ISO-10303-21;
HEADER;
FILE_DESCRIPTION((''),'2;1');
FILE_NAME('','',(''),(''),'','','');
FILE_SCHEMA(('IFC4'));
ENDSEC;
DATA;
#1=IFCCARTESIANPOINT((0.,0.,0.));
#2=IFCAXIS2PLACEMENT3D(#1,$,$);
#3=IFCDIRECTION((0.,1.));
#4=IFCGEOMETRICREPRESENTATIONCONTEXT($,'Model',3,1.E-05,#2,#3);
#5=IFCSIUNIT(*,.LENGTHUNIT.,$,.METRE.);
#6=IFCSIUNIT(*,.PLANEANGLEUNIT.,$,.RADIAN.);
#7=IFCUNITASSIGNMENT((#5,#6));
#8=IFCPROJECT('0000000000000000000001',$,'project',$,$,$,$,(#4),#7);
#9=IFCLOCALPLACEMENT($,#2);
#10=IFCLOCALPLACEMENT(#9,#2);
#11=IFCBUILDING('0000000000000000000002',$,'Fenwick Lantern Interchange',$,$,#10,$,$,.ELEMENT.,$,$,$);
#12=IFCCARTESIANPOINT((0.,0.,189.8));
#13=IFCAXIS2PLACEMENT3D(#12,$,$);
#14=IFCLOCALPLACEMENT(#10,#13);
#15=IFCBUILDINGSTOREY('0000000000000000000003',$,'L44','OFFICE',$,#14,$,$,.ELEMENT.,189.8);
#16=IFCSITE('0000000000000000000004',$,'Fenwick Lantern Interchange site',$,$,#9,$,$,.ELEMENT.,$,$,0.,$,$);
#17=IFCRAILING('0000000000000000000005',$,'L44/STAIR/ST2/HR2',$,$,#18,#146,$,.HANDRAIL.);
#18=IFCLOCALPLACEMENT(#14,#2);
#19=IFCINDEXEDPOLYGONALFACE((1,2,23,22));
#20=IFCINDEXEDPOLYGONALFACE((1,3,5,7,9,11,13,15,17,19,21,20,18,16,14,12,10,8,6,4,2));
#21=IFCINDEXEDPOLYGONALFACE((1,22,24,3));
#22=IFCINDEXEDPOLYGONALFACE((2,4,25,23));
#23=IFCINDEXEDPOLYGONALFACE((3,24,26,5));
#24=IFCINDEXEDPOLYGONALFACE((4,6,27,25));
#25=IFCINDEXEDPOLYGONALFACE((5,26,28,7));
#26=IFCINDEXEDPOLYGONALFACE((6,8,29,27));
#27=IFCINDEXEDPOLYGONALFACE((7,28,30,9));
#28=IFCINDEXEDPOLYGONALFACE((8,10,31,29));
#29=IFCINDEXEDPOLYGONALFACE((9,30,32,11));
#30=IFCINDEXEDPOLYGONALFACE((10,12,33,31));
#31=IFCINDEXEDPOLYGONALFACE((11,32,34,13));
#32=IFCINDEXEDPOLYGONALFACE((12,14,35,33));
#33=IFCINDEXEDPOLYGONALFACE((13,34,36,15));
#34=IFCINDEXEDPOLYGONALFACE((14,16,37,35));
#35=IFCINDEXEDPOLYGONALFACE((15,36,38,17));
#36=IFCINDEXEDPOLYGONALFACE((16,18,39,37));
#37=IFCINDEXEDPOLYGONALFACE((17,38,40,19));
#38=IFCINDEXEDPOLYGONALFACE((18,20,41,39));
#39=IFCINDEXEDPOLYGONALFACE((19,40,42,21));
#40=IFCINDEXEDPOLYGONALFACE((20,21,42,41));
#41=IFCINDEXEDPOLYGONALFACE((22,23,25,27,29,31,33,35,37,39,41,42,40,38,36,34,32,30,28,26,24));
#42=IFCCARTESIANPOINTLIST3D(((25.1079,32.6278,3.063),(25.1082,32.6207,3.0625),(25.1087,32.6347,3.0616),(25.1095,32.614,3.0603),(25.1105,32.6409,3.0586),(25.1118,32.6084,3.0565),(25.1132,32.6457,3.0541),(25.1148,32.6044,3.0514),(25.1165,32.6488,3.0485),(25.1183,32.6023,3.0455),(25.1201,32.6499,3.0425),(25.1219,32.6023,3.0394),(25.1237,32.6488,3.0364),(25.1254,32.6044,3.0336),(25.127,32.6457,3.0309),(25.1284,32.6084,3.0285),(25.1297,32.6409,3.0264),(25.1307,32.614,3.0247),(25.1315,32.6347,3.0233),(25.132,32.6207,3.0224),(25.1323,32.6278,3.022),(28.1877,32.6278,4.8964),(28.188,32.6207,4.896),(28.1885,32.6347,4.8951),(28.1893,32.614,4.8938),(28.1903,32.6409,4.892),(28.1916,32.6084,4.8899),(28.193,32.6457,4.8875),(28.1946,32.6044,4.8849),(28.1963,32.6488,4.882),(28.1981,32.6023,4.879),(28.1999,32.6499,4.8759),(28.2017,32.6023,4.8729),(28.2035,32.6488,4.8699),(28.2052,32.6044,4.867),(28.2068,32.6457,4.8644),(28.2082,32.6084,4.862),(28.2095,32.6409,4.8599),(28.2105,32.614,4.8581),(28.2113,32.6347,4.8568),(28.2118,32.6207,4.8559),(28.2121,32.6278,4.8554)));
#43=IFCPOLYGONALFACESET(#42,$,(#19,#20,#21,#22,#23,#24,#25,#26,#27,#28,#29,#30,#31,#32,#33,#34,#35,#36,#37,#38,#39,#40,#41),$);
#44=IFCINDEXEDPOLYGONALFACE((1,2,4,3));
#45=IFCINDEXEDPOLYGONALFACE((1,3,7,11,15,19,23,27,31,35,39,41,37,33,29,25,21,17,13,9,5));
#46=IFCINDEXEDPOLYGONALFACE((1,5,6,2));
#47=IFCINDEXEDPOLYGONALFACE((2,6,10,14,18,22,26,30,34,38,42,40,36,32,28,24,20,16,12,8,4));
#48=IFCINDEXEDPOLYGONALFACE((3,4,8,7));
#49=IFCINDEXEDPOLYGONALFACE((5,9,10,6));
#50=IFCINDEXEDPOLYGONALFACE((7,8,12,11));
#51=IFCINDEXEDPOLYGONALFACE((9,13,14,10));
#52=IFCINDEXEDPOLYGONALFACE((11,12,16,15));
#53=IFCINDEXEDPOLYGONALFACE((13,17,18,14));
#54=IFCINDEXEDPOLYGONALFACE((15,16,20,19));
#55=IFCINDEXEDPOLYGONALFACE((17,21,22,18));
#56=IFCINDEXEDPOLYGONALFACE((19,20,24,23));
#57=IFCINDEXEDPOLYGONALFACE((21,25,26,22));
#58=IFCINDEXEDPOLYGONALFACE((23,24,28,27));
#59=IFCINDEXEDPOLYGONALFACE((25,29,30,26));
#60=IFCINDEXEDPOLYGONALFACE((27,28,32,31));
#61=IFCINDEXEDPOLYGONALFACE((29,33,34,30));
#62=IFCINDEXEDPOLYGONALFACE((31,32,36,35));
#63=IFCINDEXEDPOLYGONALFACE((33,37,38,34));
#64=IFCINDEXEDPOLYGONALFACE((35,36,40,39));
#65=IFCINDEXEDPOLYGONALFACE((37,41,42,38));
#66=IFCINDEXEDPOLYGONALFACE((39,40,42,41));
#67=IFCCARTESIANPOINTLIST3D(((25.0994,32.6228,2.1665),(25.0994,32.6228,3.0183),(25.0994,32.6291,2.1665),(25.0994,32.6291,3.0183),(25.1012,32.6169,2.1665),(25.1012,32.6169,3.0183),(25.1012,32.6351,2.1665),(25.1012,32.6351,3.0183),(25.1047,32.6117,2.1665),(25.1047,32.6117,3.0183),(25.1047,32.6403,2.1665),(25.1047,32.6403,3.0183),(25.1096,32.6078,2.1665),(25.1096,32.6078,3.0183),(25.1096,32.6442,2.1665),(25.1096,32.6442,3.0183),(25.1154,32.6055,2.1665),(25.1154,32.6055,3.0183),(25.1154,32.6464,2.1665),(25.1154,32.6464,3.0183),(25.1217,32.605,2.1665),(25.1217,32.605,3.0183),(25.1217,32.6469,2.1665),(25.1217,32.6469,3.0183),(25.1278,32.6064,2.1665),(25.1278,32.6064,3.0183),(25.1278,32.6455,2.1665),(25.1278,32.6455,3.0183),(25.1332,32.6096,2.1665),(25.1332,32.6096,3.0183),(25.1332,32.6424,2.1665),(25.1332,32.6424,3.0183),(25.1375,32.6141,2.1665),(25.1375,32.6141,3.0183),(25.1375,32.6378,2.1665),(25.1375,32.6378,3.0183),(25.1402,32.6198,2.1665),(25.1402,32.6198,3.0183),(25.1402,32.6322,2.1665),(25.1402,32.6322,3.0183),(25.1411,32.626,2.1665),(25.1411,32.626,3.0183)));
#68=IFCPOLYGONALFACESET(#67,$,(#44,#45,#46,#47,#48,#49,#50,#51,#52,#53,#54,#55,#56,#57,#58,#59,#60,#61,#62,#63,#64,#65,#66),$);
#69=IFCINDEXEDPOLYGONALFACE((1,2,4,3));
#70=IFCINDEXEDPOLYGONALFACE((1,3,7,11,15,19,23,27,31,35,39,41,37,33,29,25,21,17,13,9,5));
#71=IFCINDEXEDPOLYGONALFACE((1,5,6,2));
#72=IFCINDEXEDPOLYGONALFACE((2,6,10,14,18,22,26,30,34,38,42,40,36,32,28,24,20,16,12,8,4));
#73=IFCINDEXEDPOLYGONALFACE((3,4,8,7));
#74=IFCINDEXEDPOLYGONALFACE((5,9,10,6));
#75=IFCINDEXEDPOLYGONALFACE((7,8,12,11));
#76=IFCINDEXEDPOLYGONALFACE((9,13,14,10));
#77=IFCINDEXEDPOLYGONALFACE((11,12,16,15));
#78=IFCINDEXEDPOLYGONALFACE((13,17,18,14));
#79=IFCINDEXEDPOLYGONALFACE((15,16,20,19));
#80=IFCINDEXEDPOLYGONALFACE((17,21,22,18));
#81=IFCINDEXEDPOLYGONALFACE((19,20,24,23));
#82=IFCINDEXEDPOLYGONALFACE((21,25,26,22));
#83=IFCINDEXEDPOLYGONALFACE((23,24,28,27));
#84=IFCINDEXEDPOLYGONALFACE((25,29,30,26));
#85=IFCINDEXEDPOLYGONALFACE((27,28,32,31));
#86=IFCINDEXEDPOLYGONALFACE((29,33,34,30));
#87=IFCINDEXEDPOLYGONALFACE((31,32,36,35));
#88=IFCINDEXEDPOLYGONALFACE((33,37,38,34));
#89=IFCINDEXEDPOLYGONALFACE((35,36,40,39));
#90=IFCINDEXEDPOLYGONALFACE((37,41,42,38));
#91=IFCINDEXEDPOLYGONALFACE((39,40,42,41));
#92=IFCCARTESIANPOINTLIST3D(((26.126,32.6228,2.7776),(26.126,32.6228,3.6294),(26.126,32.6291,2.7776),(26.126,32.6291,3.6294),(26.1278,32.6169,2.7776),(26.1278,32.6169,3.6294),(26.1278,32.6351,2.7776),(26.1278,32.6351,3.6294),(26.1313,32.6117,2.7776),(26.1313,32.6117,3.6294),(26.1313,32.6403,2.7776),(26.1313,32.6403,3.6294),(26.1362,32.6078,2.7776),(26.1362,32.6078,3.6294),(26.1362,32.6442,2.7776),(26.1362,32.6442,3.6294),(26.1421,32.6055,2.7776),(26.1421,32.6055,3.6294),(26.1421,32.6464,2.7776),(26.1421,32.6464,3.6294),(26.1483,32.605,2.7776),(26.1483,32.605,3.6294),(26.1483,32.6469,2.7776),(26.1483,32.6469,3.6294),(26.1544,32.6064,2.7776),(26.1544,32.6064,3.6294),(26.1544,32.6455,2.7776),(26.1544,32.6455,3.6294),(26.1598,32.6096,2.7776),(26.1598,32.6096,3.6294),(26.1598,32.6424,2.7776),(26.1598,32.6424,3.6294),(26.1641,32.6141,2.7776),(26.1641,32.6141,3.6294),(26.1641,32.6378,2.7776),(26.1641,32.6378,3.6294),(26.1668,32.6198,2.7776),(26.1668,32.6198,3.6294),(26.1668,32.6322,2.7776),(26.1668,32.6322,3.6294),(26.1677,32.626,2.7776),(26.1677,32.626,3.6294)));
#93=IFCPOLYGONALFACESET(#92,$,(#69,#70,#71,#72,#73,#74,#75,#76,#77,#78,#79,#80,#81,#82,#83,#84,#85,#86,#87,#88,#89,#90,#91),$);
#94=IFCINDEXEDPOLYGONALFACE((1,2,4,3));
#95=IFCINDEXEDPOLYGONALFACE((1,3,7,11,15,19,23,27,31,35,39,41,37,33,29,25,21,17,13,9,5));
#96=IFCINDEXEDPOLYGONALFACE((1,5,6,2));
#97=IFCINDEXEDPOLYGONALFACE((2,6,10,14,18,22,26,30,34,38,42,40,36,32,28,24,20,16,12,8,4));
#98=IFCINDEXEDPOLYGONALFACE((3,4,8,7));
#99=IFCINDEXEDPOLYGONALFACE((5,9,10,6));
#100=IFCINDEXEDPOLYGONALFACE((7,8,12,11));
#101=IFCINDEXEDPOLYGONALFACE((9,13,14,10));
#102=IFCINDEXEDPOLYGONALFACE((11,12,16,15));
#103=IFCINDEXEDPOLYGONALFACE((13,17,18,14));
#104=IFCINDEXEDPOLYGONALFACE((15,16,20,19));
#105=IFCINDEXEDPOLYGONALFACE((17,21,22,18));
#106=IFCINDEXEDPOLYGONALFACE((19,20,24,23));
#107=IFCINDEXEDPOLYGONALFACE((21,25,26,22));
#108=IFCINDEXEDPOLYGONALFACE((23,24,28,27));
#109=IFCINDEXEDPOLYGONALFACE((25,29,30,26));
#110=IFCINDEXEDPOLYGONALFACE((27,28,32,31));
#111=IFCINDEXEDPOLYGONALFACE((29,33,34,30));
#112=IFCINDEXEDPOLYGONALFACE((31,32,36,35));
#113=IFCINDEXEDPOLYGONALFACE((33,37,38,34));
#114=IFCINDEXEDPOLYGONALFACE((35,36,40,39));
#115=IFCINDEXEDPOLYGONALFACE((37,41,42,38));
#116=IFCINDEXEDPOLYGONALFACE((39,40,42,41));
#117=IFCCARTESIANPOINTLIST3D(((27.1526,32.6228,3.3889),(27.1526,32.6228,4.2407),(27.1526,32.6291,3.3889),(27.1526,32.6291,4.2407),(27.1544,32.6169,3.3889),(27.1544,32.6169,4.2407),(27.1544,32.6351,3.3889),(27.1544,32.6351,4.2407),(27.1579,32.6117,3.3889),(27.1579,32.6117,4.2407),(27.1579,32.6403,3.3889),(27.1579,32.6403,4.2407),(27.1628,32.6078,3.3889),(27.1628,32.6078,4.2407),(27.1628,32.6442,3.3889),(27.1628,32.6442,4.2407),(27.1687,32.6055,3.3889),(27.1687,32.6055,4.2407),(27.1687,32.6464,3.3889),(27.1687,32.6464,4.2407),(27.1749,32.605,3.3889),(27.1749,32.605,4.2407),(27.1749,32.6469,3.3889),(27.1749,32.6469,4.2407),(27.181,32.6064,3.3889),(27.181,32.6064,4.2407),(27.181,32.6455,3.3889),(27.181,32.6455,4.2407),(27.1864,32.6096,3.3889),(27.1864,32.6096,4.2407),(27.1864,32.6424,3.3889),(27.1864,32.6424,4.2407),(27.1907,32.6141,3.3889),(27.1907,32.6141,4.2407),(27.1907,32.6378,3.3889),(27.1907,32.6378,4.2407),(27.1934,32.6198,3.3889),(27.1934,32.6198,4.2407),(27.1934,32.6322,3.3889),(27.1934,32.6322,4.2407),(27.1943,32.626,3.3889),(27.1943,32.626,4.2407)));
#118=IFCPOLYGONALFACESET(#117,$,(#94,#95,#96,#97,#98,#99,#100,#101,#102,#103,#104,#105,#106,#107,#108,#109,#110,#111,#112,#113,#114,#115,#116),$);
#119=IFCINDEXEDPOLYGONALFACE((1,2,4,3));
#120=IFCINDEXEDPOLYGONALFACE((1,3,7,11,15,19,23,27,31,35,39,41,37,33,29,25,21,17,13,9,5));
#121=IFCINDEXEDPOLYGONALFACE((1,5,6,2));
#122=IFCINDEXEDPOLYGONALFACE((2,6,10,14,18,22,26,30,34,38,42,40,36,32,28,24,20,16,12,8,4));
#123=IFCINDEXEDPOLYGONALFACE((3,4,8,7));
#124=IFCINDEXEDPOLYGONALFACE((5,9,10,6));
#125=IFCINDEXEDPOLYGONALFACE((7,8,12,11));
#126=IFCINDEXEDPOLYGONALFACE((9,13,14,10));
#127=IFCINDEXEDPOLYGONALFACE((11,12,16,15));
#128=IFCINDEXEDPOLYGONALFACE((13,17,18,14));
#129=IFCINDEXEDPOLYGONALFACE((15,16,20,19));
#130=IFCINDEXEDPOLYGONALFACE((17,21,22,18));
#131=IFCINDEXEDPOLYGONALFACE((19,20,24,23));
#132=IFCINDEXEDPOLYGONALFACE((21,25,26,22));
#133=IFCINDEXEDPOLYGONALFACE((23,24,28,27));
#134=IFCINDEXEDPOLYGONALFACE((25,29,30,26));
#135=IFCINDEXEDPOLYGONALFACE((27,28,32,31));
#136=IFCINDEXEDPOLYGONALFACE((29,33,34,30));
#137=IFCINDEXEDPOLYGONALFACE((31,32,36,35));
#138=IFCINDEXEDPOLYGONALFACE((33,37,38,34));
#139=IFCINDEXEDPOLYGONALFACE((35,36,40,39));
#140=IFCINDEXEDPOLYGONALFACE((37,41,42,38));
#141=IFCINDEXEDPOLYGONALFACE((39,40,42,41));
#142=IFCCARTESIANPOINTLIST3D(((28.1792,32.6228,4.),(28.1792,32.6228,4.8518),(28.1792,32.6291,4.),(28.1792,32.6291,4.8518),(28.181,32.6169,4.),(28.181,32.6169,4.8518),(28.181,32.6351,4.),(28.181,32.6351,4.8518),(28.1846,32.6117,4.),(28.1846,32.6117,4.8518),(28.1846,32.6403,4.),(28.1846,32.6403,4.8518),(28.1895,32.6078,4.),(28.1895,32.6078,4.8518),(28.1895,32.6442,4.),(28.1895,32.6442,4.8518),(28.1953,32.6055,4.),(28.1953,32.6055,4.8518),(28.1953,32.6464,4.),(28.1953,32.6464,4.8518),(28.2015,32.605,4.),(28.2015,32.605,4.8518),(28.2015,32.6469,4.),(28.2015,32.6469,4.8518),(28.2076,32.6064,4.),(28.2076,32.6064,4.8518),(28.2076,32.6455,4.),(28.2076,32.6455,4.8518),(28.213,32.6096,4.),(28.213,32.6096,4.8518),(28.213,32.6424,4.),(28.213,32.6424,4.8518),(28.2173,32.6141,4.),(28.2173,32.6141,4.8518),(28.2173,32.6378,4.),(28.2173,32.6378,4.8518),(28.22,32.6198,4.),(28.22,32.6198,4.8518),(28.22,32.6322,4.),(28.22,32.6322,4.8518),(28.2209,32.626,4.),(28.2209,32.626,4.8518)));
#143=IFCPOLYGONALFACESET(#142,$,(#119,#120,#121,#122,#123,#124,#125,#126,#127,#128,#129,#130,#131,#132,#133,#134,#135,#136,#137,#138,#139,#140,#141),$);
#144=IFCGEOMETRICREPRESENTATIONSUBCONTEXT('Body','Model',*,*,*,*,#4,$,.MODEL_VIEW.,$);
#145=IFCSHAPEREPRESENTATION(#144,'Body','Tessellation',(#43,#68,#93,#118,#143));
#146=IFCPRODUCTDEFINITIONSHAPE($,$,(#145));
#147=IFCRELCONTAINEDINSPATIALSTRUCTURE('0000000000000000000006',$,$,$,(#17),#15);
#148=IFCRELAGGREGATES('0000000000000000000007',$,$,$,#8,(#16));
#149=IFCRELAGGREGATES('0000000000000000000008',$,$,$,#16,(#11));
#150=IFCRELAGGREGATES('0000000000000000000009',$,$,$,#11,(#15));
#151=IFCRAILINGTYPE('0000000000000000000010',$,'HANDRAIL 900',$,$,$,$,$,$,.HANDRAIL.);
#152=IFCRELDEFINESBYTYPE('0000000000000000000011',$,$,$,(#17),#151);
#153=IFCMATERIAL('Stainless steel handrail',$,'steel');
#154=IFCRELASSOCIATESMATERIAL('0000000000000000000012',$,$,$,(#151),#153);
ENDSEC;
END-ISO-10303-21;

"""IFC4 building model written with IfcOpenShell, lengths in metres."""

from ifc_helpers import new_model, si_unit, direction, frame, origin, origin_2d, place, context, subcontext, project, spatial, circle, extrude, material, type_object, element, save


model = new_model("IFC4")

# Units and contexts
model_context = context("Model", 3, precision=1e-05, world=origin(), true_north=direction((0.0, 1.0)))
body_context = subcontext(model_context, "Body", "Model", "MODEL_VIEW")
ifc_project = project(units=[si_unit("LENGTHUNIT", "METRE"), si_unit("PLANEANGLEUNIT", "RADIAN")], contexts=[model_context])

# Site, building, storey
site_placement = place(None, origin())
site = spatial("IfcSite", under=ifc_project, at=site_placement, Name="Fenwick Lantern Interchange site", CompositionType="ELEMENT", RefElevation=0.0)
building_placement = place(site_placement, origin())
building = spatial("IfcBuilding", under=site, at=building_placement, Name="Fenwick Lantern Interchange", CompositionType="ELEMENT")
storey_placement = place(building_placement, frame((0.0, 0.0, 189.8)))
storey = spatial("IfcBuildingStorey", under=building, at=storey_placement, Name="L44", Description="OFFICE", CompositionType="ELEMENT", Elevation=189.8)

# Railing
ifc_material_1 = material(Name="Stainless steel handrail", Category="steel")
railing_type = type_object("IfcRailingType", Name="HANDRAIL 900", PredefinedType="HANDRAIL", material=ifc_material_1)
railing_1_placement = place(storey_placement, frame((25.1201, 32.626, 2.1665)))
element("IfcRailing", 1, at=railing_1_placement, inside=storey, type_object=railing_type, Name="L44/STAIR/ST2/HR2", PredefinedType="HANDRAIL", context=body_context, shape_type="SweptSolid", body=[
    extrude(circle(Radius=0.0239, at=origin_2d()), frame((0.0, 0.0, 0.876), z_axis=(0.859261, 0.0, 0.511538), x_axis=(0.0, 1.0, 0.0)), (0.0, 0.0, 1.0), 3.5842),
    extrude(circle(Radius=0.021, at=origin_2d()), origin(), (0.0, 0.0, 1.0), 0.8518),
    extrude(circle(Radius=0.021, at=origin_2d()), frame((1.0266, 0.0, 0.6111)), (0.0, 0.0, 1.0), 0.8518),
    extrude(circle(Radius=0.021, at=origin_2d()), frame((2.0532, 0.0, 1.2224)), (0.0, 0.0, 1.0), 0.8518),
    extrude(circle(Radius=0.021, at=origin_2d()), frame((3.0798, 0.0, 1.8335)), (0.0, 0.0, 1.0), 0.8518),
])

save(model, "model.ifc")
